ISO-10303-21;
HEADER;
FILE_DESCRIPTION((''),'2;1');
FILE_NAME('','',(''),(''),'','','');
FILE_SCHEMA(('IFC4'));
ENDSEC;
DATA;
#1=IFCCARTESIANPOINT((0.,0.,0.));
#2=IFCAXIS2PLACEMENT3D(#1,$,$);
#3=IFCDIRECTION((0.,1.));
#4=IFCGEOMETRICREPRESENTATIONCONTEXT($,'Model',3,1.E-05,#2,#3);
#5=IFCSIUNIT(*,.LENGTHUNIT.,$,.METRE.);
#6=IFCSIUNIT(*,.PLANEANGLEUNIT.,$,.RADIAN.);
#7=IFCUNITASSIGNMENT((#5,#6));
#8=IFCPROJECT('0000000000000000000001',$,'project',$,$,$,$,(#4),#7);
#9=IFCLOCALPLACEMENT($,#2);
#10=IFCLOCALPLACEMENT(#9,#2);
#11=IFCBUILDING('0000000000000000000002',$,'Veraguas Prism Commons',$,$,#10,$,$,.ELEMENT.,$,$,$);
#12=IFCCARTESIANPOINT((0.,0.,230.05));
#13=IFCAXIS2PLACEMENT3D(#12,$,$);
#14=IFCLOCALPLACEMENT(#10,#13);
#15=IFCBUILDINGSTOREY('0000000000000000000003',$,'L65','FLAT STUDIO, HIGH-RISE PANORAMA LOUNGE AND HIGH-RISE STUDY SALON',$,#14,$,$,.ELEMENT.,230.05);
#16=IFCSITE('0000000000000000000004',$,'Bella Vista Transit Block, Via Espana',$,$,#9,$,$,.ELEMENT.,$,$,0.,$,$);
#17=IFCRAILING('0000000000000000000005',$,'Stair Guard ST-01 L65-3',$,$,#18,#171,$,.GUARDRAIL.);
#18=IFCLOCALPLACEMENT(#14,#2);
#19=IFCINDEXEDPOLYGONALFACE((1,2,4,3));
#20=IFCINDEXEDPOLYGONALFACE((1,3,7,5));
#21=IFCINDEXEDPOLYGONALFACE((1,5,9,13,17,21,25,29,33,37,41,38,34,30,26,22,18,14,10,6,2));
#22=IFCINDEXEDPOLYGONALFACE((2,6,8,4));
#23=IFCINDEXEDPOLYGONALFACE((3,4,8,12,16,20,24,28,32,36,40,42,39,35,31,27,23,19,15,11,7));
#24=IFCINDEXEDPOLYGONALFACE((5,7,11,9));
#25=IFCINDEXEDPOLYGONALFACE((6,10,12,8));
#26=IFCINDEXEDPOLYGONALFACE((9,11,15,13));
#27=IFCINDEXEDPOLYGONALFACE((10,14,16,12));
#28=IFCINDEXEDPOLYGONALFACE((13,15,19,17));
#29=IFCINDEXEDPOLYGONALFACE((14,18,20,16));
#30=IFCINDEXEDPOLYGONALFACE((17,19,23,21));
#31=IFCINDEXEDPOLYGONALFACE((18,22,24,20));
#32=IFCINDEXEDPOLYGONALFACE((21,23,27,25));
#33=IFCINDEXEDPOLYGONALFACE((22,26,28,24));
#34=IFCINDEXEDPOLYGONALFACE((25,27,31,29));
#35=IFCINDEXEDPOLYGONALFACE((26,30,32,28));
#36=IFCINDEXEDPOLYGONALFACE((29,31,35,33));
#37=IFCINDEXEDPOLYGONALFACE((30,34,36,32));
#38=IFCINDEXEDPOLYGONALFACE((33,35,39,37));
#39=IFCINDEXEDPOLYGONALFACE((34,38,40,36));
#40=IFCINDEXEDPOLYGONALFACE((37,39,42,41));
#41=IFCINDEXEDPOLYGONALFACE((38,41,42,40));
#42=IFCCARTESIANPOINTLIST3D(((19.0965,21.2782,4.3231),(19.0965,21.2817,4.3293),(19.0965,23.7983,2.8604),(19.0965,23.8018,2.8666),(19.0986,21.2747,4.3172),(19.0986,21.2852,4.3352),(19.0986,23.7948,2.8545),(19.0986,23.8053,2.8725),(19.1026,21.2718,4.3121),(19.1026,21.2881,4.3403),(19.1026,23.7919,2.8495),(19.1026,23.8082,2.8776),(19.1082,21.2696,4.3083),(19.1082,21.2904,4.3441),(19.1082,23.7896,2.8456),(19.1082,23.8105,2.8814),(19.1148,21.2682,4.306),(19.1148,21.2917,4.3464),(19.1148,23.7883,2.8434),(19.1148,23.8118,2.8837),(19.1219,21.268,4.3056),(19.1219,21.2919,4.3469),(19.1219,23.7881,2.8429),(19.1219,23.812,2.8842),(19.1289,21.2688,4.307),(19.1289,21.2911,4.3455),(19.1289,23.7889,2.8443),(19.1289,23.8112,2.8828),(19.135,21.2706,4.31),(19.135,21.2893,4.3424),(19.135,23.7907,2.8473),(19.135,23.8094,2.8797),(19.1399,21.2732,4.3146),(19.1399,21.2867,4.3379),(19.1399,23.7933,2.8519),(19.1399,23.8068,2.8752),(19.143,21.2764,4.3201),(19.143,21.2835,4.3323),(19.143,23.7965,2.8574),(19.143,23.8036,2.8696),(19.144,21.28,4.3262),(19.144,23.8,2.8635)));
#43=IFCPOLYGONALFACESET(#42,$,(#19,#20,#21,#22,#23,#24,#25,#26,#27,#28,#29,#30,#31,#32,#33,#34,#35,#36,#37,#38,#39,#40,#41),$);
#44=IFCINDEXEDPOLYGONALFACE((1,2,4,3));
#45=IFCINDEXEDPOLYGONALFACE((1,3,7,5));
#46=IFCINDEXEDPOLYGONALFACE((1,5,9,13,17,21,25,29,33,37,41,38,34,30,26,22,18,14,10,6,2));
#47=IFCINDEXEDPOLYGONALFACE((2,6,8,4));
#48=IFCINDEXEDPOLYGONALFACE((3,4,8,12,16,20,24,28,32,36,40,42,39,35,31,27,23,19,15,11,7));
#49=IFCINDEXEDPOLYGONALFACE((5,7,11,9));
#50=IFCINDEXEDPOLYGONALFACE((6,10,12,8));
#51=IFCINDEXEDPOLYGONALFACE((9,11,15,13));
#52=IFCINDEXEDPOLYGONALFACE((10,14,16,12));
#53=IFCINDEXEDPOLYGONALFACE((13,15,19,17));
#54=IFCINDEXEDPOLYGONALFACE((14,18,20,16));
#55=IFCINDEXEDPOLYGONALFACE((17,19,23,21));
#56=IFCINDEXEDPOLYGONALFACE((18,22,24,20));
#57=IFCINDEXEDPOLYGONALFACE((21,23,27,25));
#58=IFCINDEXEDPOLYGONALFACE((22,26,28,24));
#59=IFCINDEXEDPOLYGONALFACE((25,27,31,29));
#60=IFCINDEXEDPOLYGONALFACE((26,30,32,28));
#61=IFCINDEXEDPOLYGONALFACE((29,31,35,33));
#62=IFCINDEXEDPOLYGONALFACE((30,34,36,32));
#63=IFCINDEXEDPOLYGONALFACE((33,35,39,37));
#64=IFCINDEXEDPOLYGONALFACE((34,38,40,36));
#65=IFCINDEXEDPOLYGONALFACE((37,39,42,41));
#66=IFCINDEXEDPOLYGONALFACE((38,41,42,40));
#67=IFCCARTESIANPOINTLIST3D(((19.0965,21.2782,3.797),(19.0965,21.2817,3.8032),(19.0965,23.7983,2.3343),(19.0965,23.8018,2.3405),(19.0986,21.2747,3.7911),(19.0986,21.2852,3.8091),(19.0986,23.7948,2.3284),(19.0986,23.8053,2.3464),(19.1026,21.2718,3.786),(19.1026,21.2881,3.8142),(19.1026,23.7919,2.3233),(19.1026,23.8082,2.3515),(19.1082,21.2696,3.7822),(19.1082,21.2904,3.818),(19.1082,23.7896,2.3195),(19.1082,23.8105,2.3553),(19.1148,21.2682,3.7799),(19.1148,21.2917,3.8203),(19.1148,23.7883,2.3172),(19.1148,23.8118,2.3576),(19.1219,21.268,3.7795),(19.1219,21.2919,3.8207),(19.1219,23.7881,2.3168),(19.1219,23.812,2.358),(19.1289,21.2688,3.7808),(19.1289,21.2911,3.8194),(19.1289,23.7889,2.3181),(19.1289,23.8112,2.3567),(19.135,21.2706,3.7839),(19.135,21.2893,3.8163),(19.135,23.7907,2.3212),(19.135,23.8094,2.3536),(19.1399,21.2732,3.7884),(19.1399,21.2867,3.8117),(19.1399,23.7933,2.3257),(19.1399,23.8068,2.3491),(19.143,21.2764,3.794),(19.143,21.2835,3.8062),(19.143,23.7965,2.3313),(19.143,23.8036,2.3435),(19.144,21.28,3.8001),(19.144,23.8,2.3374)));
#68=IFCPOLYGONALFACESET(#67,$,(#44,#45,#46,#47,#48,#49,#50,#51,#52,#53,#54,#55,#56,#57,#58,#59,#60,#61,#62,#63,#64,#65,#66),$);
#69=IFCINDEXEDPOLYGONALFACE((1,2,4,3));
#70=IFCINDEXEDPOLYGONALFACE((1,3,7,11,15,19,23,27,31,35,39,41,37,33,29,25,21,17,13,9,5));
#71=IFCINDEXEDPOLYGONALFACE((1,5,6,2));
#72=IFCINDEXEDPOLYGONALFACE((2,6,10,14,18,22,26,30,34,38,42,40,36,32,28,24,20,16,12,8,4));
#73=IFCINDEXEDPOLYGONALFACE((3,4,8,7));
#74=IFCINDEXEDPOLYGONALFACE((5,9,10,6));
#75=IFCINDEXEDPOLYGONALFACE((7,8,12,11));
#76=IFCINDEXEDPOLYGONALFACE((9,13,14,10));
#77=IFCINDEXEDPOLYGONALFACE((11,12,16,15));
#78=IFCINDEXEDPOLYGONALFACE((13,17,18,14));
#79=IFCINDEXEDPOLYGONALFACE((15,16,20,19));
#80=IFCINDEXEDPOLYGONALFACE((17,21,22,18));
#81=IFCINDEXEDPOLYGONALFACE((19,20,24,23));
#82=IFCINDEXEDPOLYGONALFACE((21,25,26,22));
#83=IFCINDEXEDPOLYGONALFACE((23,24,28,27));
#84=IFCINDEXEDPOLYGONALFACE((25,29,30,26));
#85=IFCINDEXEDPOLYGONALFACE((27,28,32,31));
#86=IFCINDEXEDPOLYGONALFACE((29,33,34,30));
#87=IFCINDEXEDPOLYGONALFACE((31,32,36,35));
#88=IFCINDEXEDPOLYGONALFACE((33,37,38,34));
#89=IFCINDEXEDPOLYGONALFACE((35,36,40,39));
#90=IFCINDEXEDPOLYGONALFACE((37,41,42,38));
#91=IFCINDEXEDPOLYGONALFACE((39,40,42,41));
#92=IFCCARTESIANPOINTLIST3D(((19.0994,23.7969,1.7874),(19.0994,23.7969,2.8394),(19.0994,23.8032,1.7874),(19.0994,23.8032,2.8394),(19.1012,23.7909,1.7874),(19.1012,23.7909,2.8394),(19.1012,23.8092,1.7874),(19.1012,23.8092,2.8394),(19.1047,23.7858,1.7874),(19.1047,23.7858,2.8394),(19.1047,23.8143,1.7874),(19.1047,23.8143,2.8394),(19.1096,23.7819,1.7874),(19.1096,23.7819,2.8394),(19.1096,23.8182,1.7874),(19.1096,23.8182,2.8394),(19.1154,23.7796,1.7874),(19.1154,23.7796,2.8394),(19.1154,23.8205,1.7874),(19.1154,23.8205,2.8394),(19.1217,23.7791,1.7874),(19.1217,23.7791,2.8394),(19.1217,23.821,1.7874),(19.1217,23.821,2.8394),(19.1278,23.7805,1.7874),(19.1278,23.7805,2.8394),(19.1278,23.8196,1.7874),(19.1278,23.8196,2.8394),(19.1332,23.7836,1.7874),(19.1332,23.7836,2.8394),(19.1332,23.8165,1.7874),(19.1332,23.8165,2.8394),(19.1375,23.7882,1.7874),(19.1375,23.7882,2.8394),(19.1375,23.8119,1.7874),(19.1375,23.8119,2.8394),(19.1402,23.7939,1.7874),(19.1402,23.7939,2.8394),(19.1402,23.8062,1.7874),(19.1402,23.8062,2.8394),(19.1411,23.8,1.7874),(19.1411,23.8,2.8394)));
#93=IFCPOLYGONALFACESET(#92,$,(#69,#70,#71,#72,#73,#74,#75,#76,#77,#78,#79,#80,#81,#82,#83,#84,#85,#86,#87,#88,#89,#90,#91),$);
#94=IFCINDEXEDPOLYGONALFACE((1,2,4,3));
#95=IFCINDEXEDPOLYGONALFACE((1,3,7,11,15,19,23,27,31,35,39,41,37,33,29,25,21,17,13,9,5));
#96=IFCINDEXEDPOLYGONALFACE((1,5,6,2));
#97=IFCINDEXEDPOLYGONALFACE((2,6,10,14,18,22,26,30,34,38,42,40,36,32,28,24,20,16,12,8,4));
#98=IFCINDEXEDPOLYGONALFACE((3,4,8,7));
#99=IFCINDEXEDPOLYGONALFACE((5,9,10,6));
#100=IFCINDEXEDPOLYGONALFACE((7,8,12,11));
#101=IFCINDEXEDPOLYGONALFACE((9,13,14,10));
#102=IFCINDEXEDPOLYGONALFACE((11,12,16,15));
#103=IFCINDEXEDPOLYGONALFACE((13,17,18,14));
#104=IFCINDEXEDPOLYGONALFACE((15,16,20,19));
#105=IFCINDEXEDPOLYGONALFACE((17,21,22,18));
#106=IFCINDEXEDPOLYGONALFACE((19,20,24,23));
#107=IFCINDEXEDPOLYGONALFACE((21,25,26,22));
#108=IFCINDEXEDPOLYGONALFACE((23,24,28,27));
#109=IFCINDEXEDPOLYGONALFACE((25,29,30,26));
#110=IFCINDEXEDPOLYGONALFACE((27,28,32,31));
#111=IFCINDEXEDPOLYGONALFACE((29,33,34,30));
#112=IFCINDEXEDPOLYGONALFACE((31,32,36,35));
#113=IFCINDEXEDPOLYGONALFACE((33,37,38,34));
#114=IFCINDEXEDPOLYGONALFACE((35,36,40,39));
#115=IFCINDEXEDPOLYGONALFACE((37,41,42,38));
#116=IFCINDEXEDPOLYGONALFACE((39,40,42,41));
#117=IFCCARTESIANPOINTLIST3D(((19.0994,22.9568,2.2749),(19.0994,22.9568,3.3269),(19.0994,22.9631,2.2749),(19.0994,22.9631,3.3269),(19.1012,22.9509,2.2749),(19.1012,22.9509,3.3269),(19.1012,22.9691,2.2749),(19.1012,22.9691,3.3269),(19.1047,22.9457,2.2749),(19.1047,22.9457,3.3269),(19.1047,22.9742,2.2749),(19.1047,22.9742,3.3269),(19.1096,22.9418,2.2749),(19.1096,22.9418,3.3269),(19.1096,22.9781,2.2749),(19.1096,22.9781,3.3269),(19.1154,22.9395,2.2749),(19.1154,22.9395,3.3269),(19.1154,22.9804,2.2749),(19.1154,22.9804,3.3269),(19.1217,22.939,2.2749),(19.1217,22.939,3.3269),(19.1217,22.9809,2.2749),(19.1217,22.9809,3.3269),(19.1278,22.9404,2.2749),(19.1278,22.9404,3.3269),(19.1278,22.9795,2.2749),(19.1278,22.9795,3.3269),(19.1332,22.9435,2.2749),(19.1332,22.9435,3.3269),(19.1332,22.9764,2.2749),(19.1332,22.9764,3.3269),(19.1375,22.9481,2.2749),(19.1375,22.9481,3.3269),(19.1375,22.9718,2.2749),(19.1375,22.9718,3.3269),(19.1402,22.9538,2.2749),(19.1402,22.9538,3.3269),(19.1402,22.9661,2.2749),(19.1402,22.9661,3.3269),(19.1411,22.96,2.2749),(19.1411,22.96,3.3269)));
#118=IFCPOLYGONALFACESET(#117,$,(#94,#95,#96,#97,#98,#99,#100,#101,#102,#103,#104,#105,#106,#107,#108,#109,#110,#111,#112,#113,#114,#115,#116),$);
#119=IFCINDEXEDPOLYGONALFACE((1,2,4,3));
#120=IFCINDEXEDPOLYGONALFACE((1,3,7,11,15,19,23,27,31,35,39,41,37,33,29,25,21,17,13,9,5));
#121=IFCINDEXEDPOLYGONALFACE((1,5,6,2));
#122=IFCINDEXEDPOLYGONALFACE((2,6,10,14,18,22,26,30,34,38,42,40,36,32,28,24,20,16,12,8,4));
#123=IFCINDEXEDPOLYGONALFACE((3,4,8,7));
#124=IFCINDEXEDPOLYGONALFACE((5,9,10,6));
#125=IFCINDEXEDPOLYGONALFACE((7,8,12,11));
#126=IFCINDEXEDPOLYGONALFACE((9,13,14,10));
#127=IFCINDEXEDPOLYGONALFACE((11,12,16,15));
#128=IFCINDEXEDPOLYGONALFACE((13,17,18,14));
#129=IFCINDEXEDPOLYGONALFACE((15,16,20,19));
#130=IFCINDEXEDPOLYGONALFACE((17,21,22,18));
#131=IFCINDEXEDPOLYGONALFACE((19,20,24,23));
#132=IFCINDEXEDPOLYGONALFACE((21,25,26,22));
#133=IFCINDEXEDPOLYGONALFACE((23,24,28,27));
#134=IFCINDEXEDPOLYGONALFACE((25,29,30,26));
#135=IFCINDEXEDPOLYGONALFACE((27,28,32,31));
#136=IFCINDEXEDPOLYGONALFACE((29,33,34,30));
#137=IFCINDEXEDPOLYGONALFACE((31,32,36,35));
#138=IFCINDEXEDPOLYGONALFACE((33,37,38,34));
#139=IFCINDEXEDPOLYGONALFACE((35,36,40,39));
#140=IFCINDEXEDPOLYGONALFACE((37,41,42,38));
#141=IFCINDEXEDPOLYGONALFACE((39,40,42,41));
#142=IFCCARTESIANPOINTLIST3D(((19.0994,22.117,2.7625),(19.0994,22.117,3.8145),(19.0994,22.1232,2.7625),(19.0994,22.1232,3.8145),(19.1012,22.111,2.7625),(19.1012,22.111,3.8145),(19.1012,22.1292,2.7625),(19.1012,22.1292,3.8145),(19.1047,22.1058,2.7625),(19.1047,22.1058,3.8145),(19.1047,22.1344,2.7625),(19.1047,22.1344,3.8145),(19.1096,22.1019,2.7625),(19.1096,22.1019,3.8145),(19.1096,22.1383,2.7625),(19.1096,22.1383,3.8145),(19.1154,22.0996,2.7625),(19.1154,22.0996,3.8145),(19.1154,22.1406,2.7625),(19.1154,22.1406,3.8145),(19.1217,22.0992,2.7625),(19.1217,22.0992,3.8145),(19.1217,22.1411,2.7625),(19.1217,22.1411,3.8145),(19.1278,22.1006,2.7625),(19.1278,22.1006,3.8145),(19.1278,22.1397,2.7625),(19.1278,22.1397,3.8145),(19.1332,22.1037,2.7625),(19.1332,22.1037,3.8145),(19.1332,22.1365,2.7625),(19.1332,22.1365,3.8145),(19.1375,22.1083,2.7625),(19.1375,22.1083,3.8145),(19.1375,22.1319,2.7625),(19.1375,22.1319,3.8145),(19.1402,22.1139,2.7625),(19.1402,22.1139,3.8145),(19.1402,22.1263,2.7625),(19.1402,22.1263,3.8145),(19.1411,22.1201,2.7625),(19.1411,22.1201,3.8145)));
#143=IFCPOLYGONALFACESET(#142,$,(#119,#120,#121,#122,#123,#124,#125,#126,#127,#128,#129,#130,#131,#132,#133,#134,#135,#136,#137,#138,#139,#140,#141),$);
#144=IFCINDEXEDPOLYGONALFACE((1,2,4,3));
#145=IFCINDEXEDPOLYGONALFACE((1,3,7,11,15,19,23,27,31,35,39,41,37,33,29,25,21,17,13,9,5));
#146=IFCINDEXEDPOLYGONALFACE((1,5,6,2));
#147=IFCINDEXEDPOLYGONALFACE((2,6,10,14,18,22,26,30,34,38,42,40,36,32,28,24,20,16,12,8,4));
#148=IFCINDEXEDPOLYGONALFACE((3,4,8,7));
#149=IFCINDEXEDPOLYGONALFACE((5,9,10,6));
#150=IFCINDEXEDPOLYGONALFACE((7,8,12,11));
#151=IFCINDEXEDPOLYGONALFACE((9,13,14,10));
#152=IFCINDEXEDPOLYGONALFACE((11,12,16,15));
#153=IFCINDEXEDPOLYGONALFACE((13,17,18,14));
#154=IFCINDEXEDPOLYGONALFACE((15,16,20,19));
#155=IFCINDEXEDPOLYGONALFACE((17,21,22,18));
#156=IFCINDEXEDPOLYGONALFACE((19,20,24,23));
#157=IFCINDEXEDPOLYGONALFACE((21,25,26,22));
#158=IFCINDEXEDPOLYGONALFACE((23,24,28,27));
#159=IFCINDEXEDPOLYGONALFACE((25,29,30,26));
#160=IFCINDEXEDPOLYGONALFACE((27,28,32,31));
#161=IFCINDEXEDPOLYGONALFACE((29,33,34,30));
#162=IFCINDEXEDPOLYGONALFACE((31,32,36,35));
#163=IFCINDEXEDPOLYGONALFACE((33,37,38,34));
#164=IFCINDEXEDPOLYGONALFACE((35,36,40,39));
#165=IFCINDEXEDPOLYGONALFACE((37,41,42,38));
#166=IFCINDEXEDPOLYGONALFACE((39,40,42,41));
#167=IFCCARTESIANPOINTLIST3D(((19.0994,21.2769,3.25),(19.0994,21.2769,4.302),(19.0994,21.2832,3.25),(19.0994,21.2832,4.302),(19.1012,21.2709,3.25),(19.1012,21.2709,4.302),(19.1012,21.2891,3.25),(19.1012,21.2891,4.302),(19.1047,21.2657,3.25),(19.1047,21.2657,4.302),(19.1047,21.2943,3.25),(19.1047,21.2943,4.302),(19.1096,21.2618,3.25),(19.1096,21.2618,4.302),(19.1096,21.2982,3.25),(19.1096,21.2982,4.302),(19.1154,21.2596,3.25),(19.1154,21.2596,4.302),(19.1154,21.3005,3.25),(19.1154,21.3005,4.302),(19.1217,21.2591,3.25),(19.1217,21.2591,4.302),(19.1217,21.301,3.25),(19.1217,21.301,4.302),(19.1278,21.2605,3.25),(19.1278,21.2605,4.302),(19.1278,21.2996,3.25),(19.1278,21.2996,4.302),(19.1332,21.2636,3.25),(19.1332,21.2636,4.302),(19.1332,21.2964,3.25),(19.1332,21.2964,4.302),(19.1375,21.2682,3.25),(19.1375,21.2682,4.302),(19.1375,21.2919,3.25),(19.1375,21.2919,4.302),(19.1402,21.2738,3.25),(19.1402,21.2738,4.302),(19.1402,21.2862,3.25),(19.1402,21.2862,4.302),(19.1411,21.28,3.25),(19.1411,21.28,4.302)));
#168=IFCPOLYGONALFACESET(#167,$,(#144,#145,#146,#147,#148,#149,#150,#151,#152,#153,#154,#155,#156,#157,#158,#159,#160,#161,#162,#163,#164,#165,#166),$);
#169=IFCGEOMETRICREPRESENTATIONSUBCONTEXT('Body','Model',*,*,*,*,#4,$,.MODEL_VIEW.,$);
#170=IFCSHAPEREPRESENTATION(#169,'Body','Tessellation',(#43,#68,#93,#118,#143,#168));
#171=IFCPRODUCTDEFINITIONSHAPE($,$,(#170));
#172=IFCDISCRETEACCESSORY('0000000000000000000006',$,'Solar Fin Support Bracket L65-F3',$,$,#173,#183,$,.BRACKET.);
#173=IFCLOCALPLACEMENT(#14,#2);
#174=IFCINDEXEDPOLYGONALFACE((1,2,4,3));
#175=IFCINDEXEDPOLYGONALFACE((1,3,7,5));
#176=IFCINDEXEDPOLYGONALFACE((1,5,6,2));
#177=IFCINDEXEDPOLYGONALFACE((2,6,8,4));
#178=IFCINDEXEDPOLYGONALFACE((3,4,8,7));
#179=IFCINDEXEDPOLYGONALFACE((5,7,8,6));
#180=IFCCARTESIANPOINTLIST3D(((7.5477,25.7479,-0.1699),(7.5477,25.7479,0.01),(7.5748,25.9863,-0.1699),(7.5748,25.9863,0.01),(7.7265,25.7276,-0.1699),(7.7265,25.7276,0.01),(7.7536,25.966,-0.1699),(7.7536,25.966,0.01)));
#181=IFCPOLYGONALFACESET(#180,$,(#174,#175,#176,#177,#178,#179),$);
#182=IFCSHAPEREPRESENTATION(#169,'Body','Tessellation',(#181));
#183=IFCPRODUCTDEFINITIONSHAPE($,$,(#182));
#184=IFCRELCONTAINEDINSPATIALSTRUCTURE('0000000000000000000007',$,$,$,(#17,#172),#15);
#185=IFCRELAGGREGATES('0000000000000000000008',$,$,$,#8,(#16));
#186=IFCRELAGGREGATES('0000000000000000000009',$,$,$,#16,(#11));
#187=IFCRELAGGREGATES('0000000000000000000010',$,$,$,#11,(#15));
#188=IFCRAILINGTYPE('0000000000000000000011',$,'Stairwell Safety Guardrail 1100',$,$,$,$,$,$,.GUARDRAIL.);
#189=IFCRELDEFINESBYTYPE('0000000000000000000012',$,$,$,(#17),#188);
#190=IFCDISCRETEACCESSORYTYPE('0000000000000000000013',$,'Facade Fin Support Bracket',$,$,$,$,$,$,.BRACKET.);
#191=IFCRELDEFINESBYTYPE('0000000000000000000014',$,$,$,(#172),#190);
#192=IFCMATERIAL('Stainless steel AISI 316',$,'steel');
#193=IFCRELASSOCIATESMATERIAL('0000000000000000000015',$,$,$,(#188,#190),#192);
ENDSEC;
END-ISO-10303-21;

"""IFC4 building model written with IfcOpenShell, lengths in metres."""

from ifc_helpers import new_model, si_unit, direction, frame, origin, origin_2d, place, context, subcontext, project, spatial, rectangle, circle, extrude, source, transform, mapped, material, type_object, element, save


model = new_model("IFC4")

# Units and contexts
model_context = context("Model", 3, precision=1e-05, world=origin(), true_north=direction((0.0, 1.0)))
body_context = subcontext(model_context, "Body", "Model", "MODEL_VIEW")
ifc_project = project(units=[si_unit("LENGTHUNIT", "METRE"), si_unit("PLANEANGLEUNIT", "RADIAN")], contexts=[model_context])

# Site, building, storey
site_placement = place(None, origin())
site = spatial("IfcSite", under=ifc_project, at=site_placement, Name="Bella Vista Transit Block, Via Espana", CompositionType="ELEMENT", RefElevation=0.0)
building_placement = place(site_placement, origin())
building = spatial("IfcBuilding", under=site, at=building_placement, Name="Veraguas Prism Commons", CompositionType="ELEMENT")
storey_placement = place(building_placement, frame((0.0, 0.0, 230.05)))
storey = spatial("IfcBuildingStorey", under=building, at=storey_placement, Name="L65", Description="FLAT STUDIO, HIGH-RISE PANORAMA LOUNGE AND HIGH-RISE STUDY SALON", CompositionType="ELEMENT", Elevation=230.05)

# Railing
ifc_material_1 = material(Name="Stainless steel AISI 316", Category="steel")
railing_type_1 = type_object("IfcRailingType", Name="Stairwell Safety Guardrail 1100", PredefinedType="GUARDRAIL", material=ifc_material_1)
railing_1_placement = place(storey_placement, frame((19.1201, 23.8, 1.7874)))
element("IfcRailing", 1, at=railing_1_placement, inside=storey, type_object=railing_type_1, Name="Stair Guard ST-01 L65-3", PredefinedType="GUARDRAIL", context=body_context, shape_type="SweptSolid", body=[
    extrude(circle(Radius=0.0239, at=origin_2d()), frame((0.0, 0.0, 1.0762), z_axis=(0.0, -0.864877, 0.501984), x_axis=(1.0, 0.0, 0.0)), (0.0, 0.0, 1.0), 2.9138),
    extrude(circle(Radius=0.0239, at=origin_2d()), frame((0.0, 0.0, 0.55), z_axis=(0.0, -0.864877, 0.501984), x_axis=(1.0, 0.0, 0.0)), (0.0, 0.0, 1.0), 2.9138),
    extrude(circle(Radius=0.021, at=origin_2d()), origin(), (0.0, 0.0, 1.0), 1.052),
    extrude(circle(Radius=0.021, at=origin_2d()), frame((0.0, -0.8401, 0.4875)), (0.0, 0.0, 1.0), 1.052),
    extrude(circle(Radius=0.021, at=origin_2d()), frame((0.0, -1.6799, 0.9751)), (0.0, 0.0, 1.0), 1.052),
    extrude(circle(Radius=0.021, at=origin_2d()), frame((0.0, -2.52, 1.4626)), (0.0, 0.0, 1.0), 1.052),
])

# Discrete accessory
discrete_accessory_type = type_object("IfcDiscreteAccessoryType", Name="Facade Fin Support Bracket", PredefinedType="BRACKET", material=ifc_material_1)
shared_shape_1 = source(origin(), body_context, "Body", "SweptSolid", [
    extrude(rectangle(XDim=0.24, YDim=0.1799, at=origin_2d()), origin(), (0.0, 0.0, 1.0), 0.1799),
])
discrete_accessory_placement = place(storey_placement, frame((7.6506, 25.8569, -0.1699), z_axis=(0.0, 0.0, 1.0), x_axis=(-0.112862, -0.993611, 0.0)))
element("IfcDiscreteAccessory", 2, at=discrete_accessory_placement, inside=storey, type_object=discrete_accessory_type, Name="Solar Fin Support Bracket L65-F3", PredefinedType="BRACKET", context=body_context, shape_type="MappedRepresentation", body=[
    mapped(shared_shape_1, transform((0.0, 0.0, 0.0), scale=1.0)),
])

save(model, "model.ifc")
